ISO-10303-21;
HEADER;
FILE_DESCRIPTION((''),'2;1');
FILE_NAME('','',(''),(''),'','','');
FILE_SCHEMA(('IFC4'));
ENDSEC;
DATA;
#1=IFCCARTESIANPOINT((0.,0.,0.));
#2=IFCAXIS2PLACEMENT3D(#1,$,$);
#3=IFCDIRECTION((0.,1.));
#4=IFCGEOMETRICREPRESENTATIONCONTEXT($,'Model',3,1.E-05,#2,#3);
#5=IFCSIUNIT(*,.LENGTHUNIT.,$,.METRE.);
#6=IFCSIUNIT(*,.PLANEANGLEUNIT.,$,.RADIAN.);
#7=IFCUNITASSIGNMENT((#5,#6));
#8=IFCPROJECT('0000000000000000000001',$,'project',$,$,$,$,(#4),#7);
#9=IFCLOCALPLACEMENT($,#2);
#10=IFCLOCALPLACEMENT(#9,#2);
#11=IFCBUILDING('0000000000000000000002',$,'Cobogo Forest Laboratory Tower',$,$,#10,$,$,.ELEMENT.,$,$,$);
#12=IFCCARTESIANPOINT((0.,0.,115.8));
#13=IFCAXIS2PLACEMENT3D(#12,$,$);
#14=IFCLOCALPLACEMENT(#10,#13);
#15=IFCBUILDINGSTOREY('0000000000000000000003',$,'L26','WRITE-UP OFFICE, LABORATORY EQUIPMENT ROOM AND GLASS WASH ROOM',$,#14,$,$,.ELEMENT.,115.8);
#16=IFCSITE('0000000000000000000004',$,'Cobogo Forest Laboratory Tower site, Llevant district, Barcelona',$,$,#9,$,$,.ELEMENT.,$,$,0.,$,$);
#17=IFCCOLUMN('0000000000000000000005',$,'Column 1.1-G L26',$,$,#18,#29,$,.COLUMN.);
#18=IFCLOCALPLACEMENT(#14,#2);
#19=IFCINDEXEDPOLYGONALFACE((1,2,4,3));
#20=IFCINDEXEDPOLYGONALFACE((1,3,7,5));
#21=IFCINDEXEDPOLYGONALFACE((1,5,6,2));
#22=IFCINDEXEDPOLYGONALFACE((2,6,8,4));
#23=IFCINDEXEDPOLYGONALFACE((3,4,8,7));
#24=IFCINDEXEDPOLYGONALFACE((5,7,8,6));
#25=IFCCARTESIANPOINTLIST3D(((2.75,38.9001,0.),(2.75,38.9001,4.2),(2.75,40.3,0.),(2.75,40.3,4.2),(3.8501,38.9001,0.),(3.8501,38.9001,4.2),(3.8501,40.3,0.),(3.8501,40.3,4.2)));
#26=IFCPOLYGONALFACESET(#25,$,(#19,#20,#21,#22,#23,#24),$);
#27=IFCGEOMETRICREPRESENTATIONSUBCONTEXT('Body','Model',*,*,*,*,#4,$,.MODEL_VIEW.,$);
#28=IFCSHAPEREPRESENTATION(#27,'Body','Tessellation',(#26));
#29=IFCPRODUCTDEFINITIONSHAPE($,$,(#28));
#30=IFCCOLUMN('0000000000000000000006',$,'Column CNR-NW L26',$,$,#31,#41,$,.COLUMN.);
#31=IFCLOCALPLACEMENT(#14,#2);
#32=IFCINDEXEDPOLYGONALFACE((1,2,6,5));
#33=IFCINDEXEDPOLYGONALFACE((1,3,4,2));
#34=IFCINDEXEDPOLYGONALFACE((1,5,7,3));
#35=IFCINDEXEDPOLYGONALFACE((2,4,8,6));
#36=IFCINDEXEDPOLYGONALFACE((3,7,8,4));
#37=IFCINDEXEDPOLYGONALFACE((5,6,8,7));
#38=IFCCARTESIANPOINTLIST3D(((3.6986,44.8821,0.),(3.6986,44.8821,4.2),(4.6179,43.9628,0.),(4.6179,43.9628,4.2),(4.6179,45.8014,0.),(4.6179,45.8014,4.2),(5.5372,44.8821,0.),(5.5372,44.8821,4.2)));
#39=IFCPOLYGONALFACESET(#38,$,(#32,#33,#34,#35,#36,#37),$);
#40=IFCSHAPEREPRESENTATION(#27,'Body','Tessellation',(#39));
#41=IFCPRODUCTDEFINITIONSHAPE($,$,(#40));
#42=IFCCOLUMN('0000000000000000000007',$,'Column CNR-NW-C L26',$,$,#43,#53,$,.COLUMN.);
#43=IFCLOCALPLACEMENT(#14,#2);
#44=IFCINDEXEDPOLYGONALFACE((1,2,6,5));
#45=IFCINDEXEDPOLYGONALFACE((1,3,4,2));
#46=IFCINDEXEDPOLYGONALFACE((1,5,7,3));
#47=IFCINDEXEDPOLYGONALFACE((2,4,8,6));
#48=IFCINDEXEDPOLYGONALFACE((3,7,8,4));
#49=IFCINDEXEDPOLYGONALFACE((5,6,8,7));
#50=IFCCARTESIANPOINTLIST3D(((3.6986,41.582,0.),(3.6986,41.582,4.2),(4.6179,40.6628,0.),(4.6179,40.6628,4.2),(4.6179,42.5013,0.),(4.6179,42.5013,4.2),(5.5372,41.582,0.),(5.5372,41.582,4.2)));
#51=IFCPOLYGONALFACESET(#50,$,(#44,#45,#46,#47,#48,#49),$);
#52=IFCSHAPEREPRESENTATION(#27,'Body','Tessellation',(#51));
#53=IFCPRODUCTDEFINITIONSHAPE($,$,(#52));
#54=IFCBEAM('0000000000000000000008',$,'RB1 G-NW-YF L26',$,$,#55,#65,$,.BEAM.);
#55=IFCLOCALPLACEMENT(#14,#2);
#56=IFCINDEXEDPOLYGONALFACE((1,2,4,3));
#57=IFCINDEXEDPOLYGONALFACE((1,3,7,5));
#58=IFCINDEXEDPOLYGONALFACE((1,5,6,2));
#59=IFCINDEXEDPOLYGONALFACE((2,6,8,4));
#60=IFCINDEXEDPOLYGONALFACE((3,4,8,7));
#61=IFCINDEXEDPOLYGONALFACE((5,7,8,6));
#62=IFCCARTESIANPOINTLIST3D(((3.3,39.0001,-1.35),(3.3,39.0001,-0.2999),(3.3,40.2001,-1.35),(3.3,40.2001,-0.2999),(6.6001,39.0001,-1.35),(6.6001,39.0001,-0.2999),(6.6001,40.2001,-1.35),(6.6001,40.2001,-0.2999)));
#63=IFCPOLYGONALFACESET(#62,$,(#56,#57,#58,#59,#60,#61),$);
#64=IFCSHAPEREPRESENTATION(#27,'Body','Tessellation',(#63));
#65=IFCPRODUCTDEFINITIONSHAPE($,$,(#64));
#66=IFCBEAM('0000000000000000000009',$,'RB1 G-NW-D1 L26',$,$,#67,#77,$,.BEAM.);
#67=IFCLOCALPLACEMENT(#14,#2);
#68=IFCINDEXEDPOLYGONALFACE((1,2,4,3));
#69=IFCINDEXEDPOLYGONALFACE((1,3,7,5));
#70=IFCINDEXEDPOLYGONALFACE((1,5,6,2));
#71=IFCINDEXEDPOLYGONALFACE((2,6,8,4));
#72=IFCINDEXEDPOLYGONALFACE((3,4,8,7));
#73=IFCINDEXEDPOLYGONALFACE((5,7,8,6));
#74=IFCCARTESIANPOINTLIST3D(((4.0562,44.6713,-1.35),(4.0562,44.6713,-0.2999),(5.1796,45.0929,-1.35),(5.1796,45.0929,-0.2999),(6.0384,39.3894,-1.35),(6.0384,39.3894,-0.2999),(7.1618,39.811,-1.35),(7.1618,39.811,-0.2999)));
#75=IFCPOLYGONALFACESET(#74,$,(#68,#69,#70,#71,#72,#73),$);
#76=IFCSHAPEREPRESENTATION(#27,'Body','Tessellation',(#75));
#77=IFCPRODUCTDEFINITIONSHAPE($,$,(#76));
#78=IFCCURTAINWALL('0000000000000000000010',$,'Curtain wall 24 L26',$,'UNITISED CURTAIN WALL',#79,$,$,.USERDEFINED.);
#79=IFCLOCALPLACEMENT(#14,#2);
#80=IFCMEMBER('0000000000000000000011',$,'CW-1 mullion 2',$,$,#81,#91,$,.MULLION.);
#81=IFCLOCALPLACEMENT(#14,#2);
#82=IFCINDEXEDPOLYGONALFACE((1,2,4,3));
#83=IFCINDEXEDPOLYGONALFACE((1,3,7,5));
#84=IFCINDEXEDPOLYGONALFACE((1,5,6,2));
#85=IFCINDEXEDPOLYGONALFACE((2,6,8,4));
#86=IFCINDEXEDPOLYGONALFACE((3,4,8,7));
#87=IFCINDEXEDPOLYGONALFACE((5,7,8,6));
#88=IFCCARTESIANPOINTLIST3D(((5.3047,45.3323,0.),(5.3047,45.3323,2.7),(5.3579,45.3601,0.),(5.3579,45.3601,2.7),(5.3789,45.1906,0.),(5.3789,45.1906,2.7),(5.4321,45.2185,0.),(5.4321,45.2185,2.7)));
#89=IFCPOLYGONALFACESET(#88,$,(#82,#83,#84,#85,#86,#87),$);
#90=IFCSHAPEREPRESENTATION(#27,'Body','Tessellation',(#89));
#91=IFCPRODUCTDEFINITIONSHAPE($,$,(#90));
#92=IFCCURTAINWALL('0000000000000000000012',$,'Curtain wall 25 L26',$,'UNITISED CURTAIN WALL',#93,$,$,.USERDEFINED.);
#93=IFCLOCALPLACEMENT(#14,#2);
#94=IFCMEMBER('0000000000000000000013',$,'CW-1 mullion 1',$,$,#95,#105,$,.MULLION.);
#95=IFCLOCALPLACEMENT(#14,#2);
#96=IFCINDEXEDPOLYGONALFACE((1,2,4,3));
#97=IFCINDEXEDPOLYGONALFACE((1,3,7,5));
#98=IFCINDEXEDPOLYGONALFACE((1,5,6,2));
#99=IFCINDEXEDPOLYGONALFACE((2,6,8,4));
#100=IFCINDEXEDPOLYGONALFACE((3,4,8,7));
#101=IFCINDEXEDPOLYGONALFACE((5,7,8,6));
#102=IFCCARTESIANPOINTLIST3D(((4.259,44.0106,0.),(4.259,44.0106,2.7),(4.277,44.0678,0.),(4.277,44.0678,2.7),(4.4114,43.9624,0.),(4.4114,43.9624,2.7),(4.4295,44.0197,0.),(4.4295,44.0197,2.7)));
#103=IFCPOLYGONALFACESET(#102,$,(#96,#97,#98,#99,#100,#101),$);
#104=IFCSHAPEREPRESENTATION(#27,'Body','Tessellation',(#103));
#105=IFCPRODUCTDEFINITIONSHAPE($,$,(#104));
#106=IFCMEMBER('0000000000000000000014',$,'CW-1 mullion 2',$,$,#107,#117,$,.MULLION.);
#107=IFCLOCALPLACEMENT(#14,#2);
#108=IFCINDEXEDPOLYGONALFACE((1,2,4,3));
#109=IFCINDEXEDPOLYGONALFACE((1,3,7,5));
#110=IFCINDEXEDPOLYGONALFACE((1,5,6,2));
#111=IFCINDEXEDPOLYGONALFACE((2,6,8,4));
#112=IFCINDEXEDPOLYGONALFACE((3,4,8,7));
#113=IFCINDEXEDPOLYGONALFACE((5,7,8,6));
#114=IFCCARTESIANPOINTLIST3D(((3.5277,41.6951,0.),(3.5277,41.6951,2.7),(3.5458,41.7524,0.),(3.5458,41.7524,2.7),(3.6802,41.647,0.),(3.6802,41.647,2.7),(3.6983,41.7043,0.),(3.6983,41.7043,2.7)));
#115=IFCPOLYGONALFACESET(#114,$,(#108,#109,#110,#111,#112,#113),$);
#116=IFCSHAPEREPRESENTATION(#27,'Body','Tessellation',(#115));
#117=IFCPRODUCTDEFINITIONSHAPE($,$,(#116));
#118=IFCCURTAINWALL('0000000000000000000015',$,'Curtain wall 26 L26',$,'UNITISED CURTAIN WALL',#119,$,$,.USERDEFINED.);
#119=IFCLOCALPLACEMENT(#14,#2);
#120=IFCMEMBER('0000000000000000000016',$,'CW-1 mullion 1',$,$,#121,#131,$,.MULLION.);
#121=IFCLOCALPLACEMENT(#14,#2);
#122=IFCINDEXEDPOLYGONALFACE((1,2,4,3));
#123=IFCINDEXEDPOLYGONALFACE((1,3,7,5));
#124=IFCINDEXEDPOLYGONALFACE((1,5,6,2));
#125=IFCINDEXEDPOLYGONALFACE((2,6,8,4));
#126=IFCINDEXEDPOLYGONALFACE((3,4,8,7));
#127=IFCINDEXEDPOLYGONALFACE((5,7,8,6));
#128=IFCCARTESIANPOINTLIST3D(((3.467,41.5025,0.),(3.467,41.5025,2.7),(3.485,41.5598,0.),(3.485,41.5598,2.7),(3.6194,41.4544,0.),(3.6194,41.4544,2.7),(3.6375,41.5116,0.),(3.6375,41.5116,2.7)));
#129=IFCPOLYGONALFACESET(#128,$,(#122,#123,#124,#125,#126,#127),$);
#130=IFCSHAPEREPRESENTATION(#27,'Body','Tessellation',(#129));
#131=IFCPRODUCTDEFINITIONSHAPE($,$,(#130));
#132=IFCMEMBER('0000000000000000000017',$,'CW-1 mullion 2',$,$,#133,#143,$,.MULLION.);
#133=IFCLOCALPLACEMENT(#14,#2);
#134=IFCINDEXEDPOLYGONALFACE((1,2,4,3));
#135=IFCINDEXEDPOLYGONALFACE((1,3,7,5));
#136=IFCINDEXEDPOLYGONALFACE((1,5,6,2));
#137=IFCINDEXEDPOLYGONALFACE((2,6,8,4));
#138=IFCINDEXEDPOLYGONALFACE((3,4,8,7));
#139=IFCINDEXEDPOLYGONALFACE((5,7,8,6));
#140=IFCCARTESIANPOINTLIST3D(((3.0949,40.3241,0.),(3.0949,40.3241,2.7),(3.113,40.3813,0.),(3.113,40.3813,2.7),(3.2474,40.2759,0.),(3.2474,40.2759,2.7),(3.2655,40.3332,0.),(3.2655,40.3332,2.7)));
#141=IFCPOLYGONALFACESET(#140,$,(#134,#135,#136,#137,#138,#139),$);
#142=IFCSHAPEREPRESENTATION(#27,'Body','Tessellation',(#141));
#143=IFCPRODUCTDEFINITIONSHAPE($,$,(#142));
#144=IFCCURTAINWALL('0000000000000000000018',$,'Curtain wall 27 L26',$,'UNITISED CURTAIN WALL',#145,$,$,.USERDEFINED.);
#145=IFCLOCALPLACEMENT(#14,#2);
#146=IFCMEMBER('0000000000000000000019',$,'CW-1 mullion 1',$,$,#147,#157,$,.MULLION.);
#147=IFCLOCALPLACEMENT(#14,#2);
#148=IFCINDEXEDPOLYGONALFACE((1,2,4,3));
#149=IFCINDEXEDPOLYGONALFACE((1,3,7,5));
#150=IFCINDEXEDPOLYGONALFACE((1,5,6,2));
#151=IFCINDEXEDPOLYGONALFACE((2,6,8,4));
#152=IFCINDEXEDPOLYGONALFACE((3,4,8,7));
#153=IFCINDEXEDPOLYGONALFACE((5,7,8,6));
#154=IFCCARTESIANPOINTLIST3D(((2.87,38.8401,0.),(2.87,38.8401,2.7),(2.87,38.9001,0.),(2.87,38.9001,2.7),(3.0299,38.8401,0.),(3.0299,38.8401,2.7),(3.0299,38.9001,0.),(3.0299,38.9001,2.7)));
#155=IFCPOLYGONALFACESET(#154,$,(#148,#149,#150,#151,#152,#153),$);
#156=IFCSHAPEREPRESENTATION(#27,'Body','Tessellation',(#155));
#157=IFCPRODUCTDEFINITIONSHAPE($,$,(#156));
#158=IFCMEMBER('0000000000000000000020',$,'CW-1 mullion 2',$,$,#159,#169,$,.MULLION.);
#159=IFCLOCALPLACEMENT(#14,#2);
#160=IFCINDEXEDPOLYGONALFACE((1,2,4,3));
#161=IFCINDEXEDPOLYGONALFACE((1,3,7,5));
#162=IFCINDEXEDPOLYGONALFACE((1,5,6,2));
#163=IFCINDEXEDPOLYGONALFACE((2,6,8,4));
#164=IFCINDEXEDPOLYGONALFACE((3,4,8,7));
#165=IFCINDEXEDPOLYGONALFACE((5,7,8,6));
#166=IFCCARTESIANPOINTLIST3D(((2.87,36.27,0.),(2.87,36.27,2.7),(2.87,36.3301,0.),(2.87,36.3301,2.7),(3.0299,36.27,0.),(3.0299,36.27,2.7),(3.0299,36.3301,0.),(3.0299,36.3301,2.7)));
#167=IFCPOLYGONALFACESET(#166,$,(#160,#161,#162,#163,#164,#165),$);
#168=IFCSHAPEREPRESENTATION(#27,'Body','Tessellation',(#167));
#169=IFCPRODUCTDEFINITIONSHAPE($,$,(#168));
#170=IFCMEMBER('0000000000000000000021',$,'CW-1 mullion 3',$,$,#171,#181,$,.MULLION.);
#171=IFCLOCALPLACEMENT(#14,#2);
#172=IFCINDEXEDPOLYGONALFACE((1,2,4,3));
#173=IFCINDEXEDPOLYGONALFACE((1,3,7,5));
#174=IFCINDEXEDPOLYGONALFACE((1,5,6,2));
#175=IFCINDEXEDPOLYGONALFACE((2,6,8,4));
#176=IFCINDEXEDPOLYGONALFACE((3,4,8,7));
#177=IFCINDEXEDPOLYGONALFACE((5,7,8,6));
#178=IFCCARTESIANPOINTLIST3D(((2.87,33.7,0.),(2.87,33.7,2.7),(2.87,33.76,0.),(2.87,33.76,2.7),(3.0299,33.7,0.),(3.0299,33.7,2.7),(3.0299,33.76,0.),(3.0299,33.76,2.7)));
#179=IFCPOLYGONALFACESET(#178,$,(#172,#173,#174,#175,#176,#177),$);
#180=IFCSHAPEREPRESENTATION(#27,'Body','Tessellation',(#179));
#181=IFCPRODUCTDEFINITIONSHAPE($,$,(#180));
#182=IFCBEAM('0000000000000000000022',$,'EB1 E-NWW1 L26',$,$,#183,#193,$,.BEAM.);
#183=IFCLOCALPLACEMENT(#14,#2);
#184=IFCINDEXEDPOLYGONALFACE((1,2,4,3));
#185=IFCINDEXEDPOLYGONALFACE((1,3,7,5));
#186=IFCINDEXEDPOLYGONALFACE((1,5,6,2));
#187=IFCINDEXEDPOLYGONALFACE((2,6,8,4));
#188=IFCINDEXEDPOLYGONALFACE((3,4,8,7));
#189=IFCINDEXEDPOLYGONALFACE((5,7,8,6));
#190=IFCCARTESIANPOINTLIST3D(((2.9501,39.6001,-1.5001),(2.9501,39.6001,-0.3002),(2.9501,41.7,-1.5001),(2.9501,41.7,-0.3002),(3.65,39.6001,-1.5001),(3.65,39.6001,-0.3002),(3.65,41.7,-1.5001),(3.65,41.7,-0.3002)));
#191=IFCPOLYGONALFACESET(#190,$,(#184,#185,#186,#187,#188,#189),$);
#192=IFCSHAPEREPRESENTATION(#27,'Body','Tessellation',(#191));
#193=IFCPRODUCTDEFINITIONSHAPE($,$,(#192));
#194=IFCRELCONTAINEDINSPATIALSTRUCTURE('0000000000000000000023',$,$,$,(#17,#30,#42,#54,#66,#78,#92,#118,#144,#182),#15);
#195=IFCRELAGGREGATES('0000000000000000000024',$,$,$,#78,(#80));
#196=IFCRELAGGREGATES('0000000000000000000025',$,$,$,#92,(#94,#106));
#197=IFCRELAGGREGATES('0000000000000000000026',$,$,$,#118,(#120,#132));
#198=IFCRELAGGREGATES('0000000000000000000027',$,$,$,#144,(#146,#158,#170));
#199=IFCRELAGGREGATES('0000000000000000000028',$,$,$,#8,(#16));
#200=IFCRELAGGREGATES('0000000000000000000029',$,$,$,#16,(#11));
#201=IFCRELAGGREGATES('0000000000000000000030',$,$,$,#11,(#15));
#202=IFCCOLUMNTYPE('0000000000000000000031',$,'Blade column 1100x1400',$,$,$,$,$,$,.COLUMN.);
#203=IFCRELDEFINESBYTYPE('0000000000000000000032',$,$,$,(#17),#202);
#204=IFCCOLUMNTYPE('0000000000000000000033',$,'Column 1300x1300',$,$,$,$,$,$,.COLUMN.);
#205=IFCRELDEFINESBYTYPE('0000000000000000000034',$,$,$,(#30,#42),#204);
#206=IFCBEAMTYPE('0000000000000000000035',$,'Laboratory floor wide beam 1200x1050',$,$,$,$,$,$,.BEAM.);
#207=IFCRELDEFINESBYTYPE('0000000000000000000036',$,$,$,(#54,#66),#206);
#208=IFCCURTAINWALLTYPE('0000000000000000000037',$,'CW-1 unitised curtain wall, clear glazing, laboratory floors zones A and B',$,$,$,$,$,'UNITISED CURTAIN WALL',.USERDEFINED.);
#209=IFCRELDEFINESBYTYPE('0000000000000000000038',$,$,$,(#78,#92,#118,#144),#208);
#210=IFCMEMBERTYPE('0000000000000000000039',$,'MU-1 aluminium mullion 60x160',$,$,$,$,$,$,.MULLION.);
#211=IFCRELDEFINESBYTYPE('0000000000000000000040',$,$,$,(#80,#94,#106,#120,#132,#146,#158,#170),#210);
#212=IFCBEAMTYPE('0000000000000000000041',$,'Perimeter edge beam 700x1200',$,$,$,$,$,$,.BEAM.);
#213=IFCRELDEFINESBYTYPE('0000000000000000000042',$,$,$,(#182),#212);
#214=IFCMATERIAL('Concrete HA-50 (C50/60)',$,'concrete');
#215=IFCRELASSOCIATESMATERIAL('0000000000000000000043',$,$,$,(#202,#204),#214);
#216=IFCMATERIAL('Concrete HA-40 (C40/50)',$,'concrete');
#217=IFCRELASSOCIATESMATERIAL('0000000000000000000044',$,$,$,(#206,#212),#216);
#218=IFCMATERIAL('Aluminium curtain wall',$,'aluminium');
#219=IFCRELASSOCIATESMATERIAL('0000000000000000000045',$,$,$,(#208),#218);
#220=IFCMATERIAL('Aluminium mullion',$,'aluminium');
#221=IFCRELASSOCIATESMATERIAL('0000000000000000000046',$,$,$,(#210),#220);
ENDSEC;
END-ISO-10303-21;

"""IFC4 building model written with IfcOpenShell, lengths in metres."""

from ifc_helpers import new_model, si_unit, direction, frame, origin, origin_2d, place, context, subcontext, project, spatial, rectangle, extrude, material, material_profile, profile_set, type_object, element, aggregate, save


model = new_model("IFC4")

# Units and contexts
model_context = context("Model", 3, precision=1e-05, world=origin(), true_north=direction((0.0, 1.0)))
body_context = subcontext(model_context, "Body", "Model", "MODEL_VIEW")
ifc_project = project(units=[si_unit("LENGTHUNIT", "METRE"), si_unit("PLANEANGLEUNIT", "RADIAN")], contexts=[model_context])

# Site, building, storey
site_placement = place(None, origin())
site = spatial("IfcSite", under=ifc_project, at=site_placement, Name="Cobogo Forest Laboratory Tower site, Llevant district, Barcelona", CompositionType="ELEMENT", RefElevation=0.0)
building_placement = place(site_placement, origin())
building = spatial("IfcBuilding", under=site, at=building_placement, Name="Cobogo Forest Laboratory Tower", CompositionType="ELEMENT")
storey_placement = place(building_placement, frame((0.0, 0.0, 115.8)))
storey = spatial("IfcBuildingStorey", under=building, at=storey_placement, Name="L26", Description="WRITE-UP OFFICE, LABORATORY EQUIPMENT ROOM AND GLASS WASH ROOM", CompositionType="ELEMENT", Elevation=115.8)

# Columns
ifc_material_1 = material(Name="Concrete HA-50 (C50/60)", Category="concrete")
ifc_material_profile_1 = material_profile(ifc_material_1, rectangle(XDim=1.3999, YDim=1.1001, at=origin_2d()), Name="RC 1100x1400")
ifc_profile_set_1 = profile_set([ifc_material_profile_1], Name="Concrete HA-50 (C50/60)")
column_type_1 = type_object("IfcColumnType", Name="Blade column 1100x1400", PredefinedType="COLUMN", material=ifc_profile_set_1)
column_placement = place(storey_placement, frame((3.3, 39.6001, 0.0), z_axis=(0.0, 0.0, 1.0), x_axis=(0.0, 1.0, 0.0)))
element("IfcColumn", 1, at=column_placement, inside=storey, type_object=column_type_1, Name="Column 1.1-G L26", PredefinedType="COLUMN", context=body_context, shape_type="SweptSolid", body=[
    extrude(rectangle(XDim=1.3999, YDim=1.1001, at=origin_2d()), origin(), (0.0, 0.0, 1.0), 4.2),
])
ifc_material_profile_2 = material_profile(ifc_material_1, rectangle(XDim=1.3, YDim=1.3, at=origin_2d()), Name="RC 1300x1300")
ifc_profile_set_2 = profile_set([ifc_material_profile_2], Name="Concrete HA-50 (C50/60)")
column_type_2 = type_object("IfcColumnType", Name="Column 1300x1300", PredefinedType="COLUMN", material=ifc_profile_set_2)
for number, where, z_axis, x_axis, name in (
    (2, (4.6179, 44.8821, 0.0), (0.0, 0.0, 1.0), (0.707107, 0.707107, 0.0), "Column CNR-NW L26"),
    (3, (4.6179, 41.582, 0.0), (0.0, 0.0, 1.0), (0.707107, 0.707107, 0.0), "Column CNR-NW-C L26"),
):
    element("IfcColumn", number, at=place(storey_placement, frame(where, z_axis=z_axis, x_axis=x_axis)), inside=storey, type_object=column_type_2, Name=name, PredefinedType="COLUMN", context=body_context, shape_type="SweptSolid", body=[
        extrude(rectangle(XDim=1.3, YDim=1.3, at=origin_2d()), origin(), (0.0, 0.0, 1.0), 4.2),
    ])

# Beams
ifc_material_2 = material(Name="Concrete HA-40 (C40/50)", Category="concrete")
ifc_material_profile_3 = material_profile(ifc_material_2, rectangle(XDim=1.2, YDim=1.05, at=origin_2d()), Name="RC 1200x1050")
ifc_profile_set_3 = profile_set([ifc_material_profile_3], Name="Concrete HA-40 (C40/50)")
beam_type_1 = type_object("IfcBeamType", Name="Laboratory floor wide beam 1200x1050", PredefinedType="BEAM", material=ifc_profile_set_3)
beam_1_placement = place(storey_placement, frame((3.3, 39.6001, -0.825), z_axis=(1.0, 0.0, 0.0), x_axis=(0.0, 1.0, 0.0)))
element("IfcBeam", 4, at=beam_1_placement, inside=storey, type_object=beam_type_1, Name="RB1 G-NW-YF L26", PredefinedType="BEAM", context=body_context, shape_type="SweptSolid", body=[
    extrude(rectangle(XDim=1.2, YDim=1.05, at=origin_2d()), origin(), (0.0, 0.0, 1.0), 3.3),
])
beam_2_placement = place(storey_placement, frame((4.6179, 44.8821, -0.825), z_axis=(0.351346, -0.936246, 0.0), x_axis=(0.936246, 0.351346, 0.0)))
element("IfcBeam", 5, at=beam_2_placement, inside=storey, type_object=beam_type_1, Name="RB1 G-NW-D1 L26", PredefinedType="BEAM", context=body_context, shape_type="SweptSolid", body=[
    extrude(rectangle(XDim=1.2, YDim=1.05, at=origin_2d()), origin(), (0.0, 0.0, 1.0), 5.6416),
])

# Curtain wall, member
ifc_material_3 = material(Name="Aluminium curtain wall", Category="aluminium")
curtain_wall_type = type_object("IfcCurtainWallType", Name="CW-1 unitised curtain wall, clear glazing, laboratory floors zones A and B", ElementType="UNITISED CURTAIN WALL", PredefinedType="USERDEFINED", material=ifc_material_3)
curtain_wall_1_placement = place(storey_placement, origin())
curtain_wall_1 = element("IfcCurtainWall", 6, at=curtain_wall_1_placement, inside=storey, type_object=curtain_wall_type, Name="Curtain wall 24 L26", ObjectType="UNITISED CURTAIN WALL", PredefinedType="USERDEFINED")
ifc_material_4 = material(Name="Aluminium mullion", Category="aluminium")
ifc_material_profile_4 = material_profile(ifc_material_4, rectangle(XDim=0.0601, YDim=0.1599, at=origin_2d()), Name="AL 60x160")
ifc_profile_set_4 = profile_set([ifc_material_profile_4], Name="Aluminium mullion")
member_type_1 = type_object("IfcMemberType", Name="MU-1 aluminium mullion 60x160", PredefinedType="MULLION", material=ifc_profile_set_4)
member_1_placement = place(storey_placement, frame((5.3684, 45.2754, 0.0), z_axis=(0.0, 0.0, 1.0), x_axis=(-0.885687, -0.464284, 0.0)))
member_1 = element("IfcMember", 7, at=member_1_placement, type_object=member_type_1, Name="CW-1 mullion 2", PredefinedType="MULLION", context=body_context, shape_type="SweptSolid", body=[
    extrude(rectangle(XDim=0.0601, YDim=0.1599, at=origin_2d()), origin(), (0.0, 0.0, 1.0), 2.7),
])

# Curtain walls, members
curtain_wall_2_placement = place(storey_placement, origin())
curtain_wall_2 = element("IfcCurtainWall", 8, at=curtain_wall_2_placement, inside=storey, type_object=curtain_wall_type, Name="Curtain wall 25 L26", ObjectType="UNITISED CURTAIN WALL", PredefinedType="USERDEFINED")
member_2_placement = place(storey_placement, frame((4.3442, 44.0151, 0.0), z_axis=(0.0, 0.0, 1.0), x_axis=(-0.301135, -0.953581, 0.0)))
member_2 = element("IfcMember", 9, at=member_2_placement, type_object=member_type_1, Name="CW-1 mullion 1", PredefinedType="MULLION", context=body_context, shape_type="SweptSolid", body=[
    extrude(rectangle(XDim=0.0601, YDim=0.1599, at=origin_2d()), origin(), (0.0, 0.0, 1.0), 2.7),
])
member_3_placement = place(storey_placement, frame((3.613, 41.6997, 0.0), z_axis=(0.0, 0.0, 1.0), x_axis=(-0.301135, -0.953581, 0.0)))
member_3 = element("IfcMember", 10, at=member_3_placement, type_object=member_type_1, Name="CW-1 mullion 2", PredefinedType="MULLION", context=body_context, shape_type="SweptSolid", body=[
    extrude(rectangle(XDim=0.0601, YDim=0.1599, at=origin_2d()), origin(), (0.0, 0.0, 1.0), 2.7),
])
curtain_wall_3_placement = place(storey_placement, origin())
curtain_wall_3 = element("IfcCurtainWall", 11, at=curtain_wall_3_placement, inside=storey, type_object=curtain_wall_type, Name="Curtain wall 26 L26", ObjectType="UNITISED CURTAIN WALL", PredefinedType="USERDEFINED")
member_4_placement = place(storey_placement, frame((3.5522, 41.5071, 0.0), z_axis=(0.0, 0.0, 1.0), x_axis=(-0.301135, -0.953581, 0.0)))
member_4 = element("IfcMember", 12, at=member_4_placement, type_object=member_type_1, Name="CW-1 mullion 1", PredefinedType="MULLION", context=body_context, shape_type="SweptSolid", body=[
    extrude(rectangle(XDim=0.0601, YDim=0.1599, at=origin_2d()), origin(), (0.0, 0.0, 1.0), 2.7),
])
member_5_placement = place(storey_placement, frame((3.1802, 40.3286, 0.0), z_axis=(0.0, 0.0, 1.0), x_axis=(-0.301135, -0.953581, 0.0)))
member_5 = element("IfcMember", 13, at=member_5_placement, type_object=member_type_1, Name="CW-1 mullion 2", PredefinedType="MULLION", context=body_context, shape_type="SweptSolid", body=[
    extrude(rectangle(XDim=0.0601, YDim=0.1599, at=origin_2d()), origin(), (0.0, 0.0, 1.0), 2.7),
])
curtain_wall_4_placement = place(storey_placement, origin())
curtain_wall_4 = element("IfcCurtainWall", 14, at=curtain_wall_4_placement, inside=storey, type_object=curtain_wall_type, Name="Curtain wall 27 L26", ObjectType="UNITISED CURTAIN WALL", PredefinedType="USERDEFINED")
member_6_placement = place(storey_placement, frame((2.95, 38.8701, 0.0), z_axis=(0.0, 0.0, 1.0), x_axis=(0.0, -1.0, 0.0)))
member_6 = element("IfcMember", 15, at=member_6_placement, type_object=member_type_1, Name="CW-1 mullion 1", PredefinedType="MULLION", context=body_context, shape_type="SweptSolid", body=[
    extrude(rectangle(XDim=0.0601, YDim=0.1599, at=origin_2d()), origin(), (0.0, 0.0, 1.0), 2.7),
])
member_7_placement = place(storey_placement, frame((2.95, 36.3, 0.0), z_axis=(0.0, 0.0, 1.0), x_axis=(0.0, -1.0, 0.0)))
member_7 = element("IfcMember", 16, at=member_7_placement, type_object=member_type_1, Name="CW-1 mullion 2", PredefinedType="MULLION", context=body_context, shape_type="SweptSolid", body=[
    extrude(rectangle(XDim=0.0601, YDim=0.1599, at=origin_2d()), origin(), (0.0, 0.0, 1.0), 2.7),
])
member_8_placement = place(storey_placement, frame((2.95, 33.73, 0.0), z_axis=(0.0, 0.0, 1.0), x_axis=(0.0, -1.0, 0.0)))
member_8 = element("IfcMember", 17, at=member_8_placement, type_object=member_type_1, Name="CW-1 mullion 3", PredefinedType="MULLION", context=body_context, shape_type="SweptSolid", body=[
    extrude(rectangle(XDim=0.0601, YDim=0.1599, at=origin_2d()), origin(), (0.0, 0.0, 1.0), 2.7),
])

# Beam
ifc_material_profile_5 = material_profile(ifc_material_2, rectangle(XDim=0.7, YDim=1.2, at=origin_2d()), Name="RC 700x1200")
ifc_profile_set_5 = profile_set([ifc_material_profile_5], Name="Concrete HA-40 (C40/50)")
beam_type_2 = type_object("IfcBeamType", Name="Perimeter edge beam 700x1200", PredefinedType="BEAM", material=ifc_profile_set_5)
beam_3_placement = place(storey_placement, frame((3.3, 39.6001, -0.9001), z_axis=(0.0, 1.0, 0.0), x_axis=(-1.0, 0.0, 0.0)))
element("IfcBeam", 18, at=beam_3_placement, inside=storey, type_object=beam_type_2, Name="EB1 E-NWW1 L26", PredefinedType="BEAM", context=body_context, shape_type="SweptSolid", body=[
    extrude(rectangle(XDim=0.7, YDim=1.2, at=origin_2d()), origin(), (0.0, 0.0, 1.0), 2.0999),
])

aggregate(curtain_wall_1, [member_1])
aggregate(curtain_wall_2, [member_2, member_3])
aggregate(curtain_wall_3, [member_4, member_5])
aggregate(curtain_wall_4, [member_6, member_7, member_8])

save(model, "model.ifc")
